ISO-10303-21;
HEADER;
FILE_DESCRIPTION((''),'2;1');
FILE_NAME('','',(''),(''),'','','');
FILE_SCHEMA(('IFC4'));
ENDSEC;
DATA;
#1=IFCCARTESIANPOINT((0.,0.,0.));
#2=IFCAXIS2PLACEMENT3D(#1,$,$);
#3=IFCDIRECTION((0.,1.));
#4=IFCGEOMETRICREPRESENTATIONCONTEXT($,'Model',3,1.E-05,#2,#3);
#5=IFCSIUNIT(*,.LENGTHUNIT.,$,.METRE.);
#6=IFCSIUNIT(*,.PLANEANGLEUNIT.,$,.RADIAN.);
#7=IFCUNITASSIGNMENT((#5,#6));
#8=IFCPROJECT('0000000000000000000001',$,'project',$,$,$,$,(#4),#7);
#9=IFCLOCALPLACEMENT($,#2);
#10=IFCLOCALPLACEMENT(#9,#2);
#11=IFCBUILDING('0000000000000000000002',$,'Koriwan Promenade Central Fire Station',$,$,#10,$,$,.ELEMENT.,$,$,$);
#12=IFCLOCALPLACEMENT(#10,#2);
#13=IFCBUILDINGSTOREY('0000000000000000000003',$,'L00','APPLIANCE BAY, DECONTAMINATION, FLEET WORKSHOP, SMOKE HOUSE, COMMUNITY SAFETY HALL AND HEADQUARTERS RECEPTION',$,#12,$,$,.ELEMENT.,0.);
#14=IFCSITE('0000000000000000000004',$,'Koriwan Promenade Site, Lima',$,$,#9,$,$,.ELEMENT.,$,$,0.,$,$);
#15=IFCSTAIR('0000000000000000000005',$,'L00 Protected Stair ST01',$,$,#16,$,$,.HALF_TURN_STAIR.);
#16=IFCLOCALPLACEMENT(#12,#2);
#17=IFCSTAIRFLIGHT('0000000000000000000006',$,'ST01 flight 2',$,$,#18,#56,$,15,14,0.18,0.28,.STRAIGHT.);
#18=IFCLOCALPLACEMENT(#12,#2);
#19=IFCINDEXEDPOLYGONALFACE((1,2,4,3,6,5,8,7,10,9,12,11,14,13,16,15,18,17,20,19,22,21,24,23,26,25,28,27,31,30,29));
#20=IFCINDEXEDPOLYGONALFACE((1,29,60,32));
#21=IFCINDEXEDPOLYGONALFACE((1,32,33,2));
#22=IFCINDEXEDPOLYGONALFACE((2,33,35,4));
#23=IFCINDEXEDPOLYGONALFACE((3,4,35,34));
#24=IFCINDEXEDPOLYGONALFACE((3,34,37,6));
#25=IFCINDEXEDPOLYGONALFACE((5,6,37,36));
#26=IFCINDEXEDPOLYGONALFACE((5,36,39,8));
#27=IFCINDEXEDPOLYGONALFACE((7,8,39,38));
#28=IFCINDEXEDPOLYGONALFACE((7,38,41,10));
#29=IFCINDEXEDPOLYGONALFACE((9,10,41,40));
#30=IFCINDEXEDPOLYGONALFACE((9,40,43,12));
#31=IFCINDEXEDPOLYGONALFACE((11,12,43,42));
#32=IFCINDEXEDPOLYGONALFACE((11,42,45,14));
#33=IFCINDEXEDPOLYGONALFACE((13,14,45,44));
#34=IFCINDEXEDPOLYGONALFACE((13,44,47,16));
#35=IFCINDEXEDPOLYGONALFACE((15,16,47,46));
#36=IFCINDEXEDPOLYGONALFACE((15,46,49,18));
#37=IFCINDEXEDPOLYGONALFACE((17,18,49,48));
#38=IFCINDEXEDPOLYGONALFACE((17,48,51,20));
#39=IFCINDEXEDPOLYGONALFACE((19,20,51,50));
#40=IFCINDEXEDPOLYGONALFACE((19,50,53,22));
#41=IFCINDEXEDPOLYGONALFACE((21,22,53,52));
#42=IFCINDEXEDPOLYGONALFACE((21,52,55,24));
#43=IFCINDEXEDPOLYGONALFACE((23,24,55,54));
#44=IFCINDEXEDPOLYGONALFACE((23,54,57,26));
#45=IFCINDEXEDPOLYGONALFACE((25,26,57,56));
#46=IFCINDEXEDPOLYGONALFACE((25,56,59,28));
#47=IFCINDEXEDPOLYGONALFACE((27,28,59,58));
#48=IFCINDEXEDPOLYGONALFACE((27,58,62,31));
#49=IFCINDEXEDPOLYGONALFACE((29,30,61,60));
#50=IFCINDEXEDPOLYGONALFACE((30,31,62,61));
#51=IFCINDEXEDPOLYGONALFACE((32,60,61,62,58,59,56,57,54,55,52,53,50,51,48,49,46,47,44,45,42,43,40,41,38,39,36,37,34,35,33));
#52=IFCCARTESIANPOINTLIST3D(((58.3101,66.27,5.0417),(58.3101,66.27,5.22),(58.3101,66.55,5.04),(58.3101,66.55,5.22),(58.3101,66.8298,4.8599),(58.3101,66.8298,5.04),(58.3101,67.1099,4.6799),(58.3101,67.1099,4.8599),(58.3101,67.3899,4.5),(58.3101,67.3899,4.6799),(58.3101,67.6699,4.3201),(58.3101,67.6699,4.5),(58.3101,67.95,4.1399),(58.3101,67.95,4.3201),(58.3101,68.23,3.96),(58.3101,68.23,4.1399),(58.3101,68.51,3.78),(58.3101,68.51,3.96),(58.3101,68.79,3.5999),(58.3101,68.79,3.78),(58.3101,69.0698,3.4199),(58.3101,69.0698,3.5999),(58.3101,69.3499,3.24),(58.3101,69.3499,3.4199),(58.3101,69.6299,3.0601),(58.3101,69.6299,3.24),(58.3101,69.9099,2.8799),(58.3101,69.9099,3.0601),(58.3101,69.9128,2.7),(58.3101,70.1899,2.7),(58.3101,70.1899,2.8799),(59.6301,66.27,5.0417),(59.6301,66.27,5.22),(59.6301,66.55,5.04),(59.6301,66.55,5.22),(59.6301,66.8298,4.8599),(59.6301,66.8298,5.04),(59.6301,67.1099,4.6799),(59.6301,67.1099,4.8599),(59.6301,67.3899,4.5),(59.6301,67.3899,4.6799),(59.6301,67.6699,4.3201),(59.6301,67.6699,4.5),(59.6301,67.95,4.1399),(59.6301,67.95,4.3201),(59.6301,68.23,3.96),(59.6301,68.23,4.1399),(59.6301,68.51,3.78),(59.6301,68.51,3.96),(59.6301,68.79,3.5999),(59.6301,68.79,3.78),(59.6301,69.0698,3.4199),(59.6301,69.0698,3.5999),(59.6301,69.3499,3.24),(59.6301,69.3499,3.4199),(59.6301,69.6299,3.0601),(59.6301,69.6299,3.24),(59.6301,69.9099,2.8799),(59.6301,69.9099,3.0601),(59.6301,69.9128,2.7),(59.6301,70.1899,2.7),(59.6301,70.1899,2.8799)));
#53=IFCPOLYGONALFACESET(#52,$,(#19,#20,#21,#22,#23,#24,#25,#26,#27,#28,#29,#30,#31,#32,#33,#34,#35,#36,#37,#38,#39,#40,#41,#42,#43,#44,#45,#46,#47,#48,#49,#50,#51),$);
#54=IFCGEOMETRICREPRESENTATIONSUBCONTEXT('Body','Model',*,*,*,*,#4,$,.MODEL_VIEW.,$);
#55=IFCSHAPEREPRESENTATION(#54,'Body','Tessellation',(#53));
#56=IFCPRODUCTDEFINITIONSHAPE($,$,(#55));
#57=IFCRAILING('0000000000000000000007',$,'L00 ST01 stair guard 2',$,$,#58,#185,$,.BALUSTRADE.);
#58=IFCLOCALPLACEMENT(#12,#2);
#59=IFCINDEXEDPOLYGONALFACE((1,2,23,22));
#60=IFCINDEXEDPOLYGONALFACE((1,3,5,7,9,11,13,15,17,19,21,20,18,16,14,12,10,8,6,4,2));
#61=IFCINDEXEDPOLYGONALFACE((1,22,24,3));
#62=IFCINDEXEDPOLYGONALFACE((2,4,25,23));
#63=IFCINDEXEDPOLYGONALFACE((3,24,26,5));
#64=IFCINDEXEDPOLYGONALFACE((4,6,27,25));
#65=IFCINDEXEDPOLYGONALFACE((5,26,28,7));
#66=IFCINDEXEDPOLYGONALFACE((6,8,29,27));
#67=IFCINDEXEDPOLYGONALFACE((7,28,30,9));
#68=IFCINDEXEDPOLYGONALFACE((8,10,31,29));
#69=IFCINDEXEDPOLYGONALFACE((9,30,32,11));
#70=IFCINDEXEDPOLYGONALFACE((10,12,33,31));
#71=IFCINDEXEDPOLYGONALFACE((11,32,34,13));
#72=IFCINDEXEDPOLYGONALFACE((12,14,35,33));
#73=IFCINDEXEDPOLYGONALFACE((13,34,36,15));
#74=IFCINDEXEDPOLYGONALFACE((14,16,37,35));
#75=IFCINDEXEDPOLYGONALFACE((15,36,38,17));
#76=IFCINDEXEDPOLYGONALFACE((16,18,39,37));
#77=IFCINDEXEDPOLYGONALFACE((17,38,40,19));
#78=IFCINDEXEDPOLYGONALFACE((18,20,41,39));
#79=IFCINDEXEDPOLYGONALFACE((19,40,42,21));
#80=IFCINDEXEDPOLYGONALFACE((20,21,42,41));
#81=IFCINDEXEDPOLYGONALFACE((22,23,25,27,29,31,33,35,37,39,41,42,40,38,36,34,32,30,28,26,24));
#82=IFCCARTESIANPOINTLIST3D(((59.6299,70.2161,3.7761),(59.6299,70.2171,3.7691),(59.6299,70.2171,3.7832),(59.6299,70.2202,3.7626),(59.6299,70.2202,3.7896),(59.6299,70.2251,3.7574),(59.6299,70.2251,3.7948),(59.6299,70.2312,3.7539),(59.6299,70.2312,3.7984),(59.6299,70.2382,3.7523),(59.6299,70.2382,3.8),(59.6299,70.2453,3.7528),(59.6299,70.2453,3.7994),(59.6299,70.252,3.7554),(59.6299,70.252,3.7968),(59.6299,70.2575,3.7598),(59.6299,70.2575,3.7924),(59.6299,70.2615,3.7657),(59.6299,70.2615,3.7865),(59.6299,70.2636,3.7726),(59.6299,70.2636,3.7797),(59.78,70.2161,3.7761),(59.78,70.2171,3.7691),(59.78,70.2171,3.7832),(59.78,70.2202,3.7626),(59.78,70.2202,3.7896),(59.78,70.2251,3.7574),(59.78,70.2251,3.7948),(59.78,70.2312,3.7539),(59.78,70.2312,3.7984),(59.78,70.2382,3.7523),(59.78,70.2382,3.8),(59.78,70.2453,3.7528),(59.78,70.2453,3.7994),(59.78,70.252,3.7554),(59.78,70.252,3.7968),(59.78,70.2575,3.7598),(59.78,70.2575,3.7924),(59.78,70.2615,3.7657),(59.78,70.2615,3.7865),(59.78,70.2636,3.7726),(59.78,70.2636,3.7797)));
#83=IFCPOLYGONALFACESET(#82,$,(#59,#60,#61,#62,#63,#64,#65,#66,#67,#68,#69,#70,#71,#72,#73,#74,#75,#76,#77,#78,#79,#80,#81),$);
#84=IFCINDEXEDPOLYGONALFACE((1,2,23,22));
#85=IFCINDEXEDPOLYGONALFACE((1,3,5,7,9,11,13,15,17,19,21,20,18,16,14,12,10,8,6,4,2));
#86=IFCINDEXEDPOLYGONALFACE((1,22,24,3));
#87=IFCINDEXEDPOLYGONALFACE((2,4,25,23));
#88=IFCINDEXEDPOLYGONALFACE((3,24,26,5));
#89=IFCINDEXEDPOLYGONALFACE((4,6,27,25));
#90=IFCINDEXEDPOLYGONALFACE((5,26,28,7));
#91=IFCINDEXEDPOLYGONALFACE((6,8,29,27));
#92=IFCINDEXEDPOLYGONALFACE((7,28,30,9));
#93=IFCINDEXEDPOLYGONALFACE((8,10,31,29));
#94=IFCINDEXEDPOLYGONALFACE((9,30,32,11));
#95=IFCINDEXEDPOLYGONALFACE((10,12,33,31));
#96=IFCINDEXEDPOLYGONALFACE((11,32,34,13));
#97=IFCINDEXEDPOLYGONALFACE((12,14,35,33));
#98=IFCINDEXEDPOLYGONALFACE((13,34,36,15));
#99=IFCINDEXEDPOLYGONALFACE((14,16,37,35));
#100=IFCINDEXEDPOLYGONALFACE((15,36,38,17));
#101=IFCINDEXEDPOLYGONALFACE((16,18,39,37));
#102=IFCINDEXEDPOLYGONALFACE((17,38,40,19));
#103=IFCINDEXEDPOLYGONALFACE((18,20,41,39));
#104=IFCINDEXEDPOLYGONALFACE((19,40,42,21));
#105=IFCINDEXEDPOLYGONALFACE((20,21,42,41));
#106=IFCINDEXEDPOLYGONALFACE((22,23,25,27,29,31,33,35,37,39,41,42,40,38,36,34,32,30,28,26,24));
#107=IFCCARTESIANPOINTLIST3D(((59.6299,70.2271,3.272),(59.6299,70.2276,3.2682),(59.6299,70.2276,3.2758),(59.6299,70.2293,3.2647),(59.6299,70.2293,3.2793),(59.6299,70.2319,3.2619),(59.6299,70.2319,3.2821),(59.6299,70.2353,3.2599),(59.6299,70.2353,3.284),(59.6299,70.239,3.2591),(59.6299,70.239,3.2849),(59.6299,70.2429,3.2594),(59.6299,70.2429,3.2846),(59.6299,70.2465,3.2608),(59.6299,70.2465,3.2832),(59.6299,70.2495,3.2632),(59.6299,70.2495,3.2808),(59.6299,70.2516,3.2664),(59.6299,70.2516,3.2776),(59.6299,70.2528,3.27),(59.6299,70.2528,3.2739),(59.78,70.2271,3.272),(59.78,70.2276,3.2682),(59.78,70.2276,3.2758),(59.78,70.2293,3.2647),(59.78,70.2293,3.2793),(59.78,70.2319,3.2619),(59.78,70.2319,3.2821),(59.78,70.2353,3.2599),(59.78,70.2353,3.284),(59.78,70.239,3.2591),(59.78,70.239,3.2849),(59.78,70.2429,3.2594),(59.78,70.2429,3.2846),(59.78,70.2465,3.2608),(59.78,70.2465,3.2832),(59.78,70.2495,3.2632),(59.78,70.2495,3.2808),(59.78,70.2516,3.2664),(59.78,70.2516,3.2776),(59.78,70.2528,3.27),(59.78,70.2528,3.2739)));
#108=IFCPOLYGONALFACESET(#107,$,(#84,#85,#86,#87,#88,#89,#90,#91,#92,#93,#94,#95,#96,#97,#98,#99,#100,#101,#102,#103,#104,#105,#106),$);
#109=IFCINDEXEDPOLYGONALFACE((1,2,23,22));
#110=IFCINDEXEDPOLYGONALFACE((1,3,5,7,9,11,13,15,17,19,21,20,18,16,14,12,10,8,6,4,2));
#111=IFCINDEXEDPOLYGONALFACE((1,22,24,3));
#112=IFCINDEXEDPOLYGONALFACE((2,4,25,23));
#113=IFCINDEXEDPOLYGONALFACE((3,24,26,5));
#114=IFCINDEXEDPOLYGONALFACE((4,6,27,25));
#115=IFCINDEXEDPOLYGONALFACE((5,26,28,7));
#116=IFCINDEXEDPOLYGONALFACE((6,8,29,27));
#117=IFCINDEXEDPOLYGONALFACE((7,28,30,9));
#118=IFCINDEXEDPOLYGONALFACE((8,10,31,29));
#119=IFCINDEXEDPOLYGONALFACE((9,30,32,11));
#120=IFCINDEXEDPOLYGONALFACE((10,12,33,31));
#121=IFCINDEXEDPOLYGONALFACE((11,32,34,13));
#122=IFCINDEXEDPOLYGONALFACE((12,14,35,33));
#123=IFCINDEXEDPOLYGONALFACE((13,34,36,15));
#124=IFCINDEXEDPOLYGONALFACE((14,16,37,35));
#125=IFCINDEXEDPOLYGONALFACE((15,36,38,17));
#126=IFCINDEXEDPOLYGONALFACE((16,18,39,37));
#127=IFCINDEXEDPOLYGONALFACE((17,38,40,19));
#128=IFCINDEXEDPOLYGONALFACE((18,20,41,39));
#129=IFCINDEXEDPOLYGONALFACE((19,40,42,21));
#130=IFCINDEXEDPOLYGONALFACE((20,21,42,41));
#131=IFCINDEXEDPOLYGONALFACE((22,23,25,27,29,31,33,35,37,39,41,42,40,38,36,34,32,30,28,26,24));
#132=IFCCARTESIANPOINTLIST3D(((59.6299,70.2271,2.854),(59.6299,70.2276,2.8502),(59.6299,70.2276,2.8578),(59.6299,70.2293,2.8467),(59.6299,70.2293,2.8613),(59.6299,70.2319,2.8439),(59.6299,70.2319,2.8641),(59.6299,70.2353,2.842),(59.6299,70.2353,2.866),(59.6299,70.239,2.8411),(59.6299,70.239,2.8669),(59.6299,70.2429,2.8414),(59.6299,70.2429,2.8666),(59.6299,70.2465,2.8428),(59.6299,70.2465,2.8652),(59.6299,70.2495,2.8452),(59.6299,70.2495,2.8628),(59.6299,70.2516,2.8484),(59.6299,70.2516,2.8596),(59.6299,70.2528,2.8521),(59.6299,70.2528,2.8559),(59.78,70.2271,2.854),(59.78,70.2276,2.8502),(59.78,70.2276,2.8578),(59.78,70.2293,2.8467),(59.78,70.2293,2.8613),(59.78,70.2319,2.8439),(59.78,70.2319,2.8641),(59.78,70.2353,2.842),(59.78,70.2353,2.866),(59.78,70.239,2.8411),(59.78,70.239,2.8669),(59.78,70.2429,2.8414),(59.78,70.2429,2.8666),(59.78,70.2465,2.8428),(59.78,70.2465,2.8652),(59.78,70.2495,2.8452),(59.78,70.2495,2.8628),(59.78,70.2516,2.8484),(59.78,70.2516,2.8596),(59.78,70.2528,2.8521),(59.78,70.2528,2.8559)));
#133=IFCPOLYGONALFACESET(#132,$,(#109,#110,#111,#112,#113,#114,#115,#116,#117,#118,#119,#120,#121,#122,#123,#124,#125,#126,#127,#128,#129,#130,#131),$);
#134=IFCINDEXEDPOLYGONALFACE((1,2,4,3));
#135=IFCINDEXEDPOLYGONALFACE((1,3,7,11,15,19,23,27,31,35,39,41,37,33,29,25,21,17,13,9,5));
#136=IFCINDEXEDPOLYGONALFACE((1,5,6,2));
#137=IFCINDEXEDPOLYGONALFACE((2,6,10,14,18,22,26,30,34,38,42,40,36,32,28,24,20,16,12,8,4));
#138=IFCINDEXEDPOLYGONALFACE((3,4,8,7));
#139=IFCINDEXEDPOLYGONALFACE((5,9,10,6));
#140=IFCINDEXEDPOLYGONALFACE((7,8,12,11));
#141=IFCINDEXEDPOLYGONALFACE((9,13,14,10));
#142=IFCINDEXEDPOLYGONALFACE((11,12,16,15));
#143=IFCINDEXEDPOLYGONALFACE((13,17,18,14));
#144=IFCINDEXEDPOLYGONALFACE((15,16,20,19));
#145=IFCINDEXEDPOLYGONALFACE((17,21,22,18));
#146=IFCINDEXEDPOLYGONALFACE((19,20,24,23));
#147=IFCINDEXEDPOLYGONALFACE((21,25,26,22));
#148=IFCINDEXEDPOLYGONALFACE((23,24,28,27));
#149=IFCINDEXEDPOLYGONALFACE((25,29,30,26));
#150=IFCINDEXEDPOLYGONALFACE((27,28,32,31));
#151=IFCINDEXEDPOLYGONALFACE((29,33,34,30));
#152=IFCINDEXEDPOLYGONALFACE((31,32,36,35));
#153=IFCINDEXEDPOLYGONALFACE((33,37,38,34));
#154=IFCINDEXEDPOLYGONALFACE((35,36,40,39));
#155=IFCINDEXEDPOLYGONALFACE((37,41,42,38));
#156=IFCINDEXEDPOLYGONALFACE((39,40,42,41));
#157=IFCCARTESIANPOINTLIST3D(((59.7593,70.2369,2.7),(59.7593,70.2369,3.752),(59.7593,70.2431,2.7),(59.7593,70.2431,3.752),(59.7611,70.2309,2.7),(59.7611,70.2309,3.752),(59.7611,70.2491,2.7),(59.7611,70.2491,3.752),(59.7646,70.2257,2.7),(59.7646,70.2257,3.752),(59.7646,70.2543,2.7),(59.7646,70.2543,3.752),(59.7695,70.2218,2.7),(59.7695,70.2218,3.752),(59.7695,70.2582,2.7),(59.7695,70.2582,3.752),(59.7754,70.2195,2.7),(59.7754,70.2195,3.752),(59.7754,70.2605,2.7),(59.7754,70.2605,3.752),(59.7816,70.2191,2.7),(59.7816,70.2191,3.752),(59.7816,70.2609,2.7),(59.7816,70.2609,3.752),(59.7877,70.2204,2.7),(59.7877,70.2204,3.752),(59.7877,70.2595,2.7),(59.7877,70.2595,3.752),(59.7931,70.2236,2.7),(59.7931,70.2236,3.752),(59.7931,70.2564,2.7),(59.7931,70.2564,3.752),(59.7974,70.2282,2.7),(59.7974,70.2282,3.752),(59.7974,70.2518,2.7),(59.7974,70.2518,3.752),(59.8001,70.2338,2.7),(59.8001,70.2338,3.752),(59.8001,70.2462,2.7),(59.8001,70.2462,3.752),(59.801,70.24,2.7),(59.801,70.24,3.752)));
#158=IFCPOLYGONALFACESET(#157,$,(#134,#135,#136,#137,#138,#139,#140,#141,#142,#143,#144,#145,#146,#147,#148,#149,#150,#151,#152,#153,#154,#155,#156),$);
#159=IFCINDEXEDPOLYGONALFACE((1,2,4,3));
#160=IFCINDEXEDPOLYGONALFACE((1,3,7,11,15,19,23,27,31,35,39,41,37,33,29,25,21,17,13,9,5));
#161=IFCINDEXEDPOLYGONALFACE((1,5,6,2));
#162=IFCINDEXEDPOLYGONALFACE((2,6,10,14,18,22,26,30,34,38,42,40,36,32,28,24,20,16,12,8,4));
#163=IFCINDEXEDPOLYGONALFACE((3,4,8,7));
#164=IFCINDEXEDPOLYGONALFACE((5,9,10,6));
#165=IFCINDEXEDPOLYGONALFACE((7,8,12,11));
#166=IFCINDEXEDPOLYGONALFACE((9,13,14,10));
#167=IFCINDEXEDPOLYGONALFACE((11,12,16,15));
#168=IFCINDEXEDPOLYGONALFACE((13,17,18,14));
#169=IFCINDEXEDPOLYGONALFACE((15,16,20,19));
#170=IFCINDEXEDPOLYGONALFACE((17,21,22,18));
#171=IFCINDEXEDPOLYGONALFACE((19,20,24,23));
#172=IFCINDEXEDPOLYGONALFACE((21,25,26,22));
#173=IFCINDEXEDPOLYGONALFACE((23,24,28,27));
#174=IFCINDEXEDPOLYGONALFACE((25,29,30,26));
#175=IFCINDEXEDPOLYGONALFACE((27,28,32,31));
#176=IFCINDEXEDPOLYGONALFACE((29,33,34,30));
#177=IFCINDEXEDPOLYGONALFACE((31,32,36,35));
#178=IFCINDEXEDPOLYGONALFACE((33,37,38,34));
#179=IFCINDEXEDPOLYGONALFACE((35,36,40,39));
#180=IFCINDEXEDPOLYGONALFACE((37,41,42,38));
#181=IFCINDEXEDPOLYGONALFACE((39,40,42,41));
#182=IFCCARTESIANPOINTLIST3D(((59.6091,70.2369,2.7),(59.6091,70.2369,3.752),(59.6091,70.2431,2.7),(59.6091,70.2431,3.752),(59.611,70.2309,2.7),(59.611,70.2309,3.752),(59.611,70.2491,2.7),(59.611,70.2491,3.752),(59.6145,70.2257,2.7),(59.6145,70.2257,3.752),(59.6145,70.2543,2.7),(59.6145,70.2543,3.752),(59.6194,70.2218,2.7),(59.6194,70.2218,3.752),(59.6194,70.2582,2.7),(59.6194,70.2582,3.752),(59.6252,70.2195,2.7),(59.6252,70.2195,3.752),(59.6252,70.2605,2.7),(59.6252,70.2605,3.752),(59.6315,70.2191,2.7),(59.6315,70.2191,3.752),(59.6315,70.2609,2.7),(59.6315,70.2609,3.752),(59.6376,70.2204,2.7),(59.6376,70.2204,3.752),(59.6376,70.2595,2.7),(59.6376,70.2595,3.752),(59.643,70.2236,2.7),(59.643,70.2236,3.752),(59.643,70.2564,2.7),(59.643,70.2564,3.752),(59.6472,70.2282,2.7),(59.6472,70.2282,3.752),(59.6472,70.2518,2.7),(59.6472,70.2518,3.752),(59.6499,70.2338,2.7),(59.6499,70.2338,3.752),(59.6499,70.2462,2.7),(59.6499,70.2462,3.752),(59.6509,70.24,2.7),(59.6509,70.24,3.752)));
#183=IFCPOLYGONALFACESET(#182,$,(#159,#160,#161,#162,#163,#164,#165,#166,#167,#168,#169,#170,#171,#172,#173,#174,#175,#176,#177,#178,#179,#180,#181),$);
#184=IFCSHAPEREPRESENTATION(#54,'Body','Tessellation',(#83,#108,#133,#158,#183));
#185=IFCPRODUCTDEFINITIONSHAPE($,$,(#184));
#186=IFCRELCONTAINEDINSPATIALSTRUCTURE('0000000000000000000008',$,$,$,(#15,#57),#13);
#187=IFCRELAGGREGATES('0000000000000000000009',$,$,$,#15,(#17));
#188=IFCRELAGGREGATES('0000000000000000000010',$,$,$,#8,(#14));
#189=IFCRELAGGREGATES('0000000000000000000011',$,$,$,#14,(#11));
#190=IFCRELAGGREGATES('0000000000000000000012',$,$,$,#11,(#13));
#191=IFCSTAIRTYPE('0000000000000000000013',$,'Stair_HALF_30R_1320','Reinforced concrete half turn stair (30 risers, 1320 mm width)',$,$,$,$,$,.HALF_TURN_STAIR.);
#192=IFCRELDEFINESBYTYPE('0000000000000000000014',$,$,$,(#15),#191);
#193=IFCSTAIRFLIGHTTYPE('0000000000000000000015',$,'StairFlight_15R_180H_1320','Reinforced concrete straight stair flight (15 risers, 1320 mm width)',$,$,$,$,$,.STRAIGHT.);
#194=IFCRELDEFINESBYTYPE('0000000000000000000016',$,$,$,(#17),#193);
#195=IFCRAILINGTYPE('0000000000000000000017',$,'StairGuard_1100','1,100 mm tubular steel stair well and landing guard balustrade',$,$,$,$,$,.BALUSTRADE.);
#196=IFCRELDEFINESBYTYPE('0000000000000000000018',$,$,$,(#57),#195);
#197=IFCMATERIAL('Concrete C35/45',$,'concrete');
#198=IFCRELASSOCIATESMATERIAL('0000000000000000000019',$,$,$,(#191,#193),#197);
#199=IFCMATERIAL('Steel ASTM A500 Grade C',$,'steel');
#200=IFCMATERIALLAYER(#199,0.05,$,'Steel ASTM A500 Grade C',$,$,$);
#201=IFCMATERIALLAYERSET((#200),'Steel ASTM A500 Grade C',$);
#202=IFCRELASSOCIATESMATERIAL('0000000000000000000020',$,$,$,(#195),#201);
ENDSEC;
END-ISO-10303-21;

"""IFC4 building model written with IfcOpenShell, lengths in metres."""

from ifc_helpers import new_model, si_unit, direction, frame, origin, origin_2d, place, context, subcontext, project, spatial, polyline, circle, outline, extrude, material, layer, layer_set, type_object, element, aggregate, save


model = new_model("IFC4")

# Units and contexts
model_context = context("Model", 3, precision=1e-05, world=origin(), true_north=direction((0.0, 1.0)))
body_context = subcontext(model_context, "Body", "Model", "MODEL_VIEW")
ifc_project = project(units=[si_unit("LENGTHUNIT", "METRE"), si_unit("PLANEANGLEUNIT", "RADIAN")], contexts=[model_context])

# Site, building, storey
site_placement = place(None, origin())
site = spatial("IfcSite", under=ifc_project, at=site_placement, Name="Koriwan Promenade Site, Lima", CompositionType="ELEMENT", RefElevation=0.0)
building_placement = place(site_placement, origin())
building = spatial("IfcBuilding", under=site, at=building_placement, Name="Koriwan Promenade Central Fire Station", CompositionType="ELEMENT")
storey_placement = place(building_placement, origin())
storey = spatial("IfcBuildingStorey", under=building, at=storey_placement, Name="L00", Description="APPLIANCE BAY, DECONTAMINATION, FLEET WORKSHOP, SMOKE HOUSE, COMMUNITY SAFETY HALL AND HEADQUARTERS RECEPTION", CompositionType="ELEMENT", Elevation=0.0)

# Shared definitions
ifc_material_1 = material(Name="Concrete C35/45", Category="concrete")

# Stair, stair flight
stair_type = type_object("IfcStairType", Name="Stair_HALF_30R_1320", Description="Reinforced concrete half turn stair (30 risers, 1320 mm width)", PredefinedType="HALF_TURN_STAIR", material=ifc_material_1)
stair_placement = place(storey_placement, origin())
stair = element("IfcStair", 1, at=stair_placement, inside=storey, type_object=stair_type, Name="L00 Protected Stair ST01", PredefinedType="HALF_TURN_STAIR")
stair_flight_type = type_object("IfcStairFlightType", Name="StairFlight_15R_180H_1320", Description="Reinforced concrete straight stair flight (15 risers, 1320 mm width)", PredefinedType="STRAIGHT", material=ifc_material_1)
stair_flight_placement = place(storey_placement, frame((58.97, 70.1899, 2.7), z_axis=(0.0, 0.0, 1.0), x_axis=(0.0, -1.0, 0.0)))
stair_flight = element("IfcStairFlight", 2, at=stair_flight_placement, type_object=stair_flight_type, Name="ST01 flight 2", NumberOfRisers=15, NumberOfTreads=14, PredefinedType="STRAIGHT", RiserHeight=0.18, TreadLength=0.28, context=body_context, shape_type="SweptSolid", body=[
    extrude(outline(polyline([(0.0, 0.0), (0.0, 0.1799), (0.28, 0.1799), (0.28, 0.3601), (0.5601, 0.3601), (0.5601, 0.54), (0.8401, 0.54), (0.8401, 0.72), (1.1201, 0.72), (1.1201, 0.8999), (1.3999, 0.8999), (1.3999, 1.0801), (1.6799, 1.0801), (1.6799, 1.26), (1.96, 1.26), (1.96, 1.4399), (2.24, 1.4399), (2.24, 1.6201), (2.52, 1.6201), (2.52, 1.8), (2.8, 1.8), (2.8, 1.98), (3.0801, 1.98), (3.0801, 2.1599), (3.3601, 2.1599), (3.3601, 2.3401), (3.6399, 2.3401), (3.6399, 2.52), (3.9199, 2.52), (3.9199, 2.7), (3.9199, 2.3418), (0.2771, 0.0), (0.0, 0.0)])), frame((0.0, 0.6602, 0.0), z_axis=(0.0, -1.0, 0.0), x_axis=(1.0, 0.0, 0.0)), (0.0, 0.0, 1.0), 1.3201),
])
aggregate(stair, [stair_flight])

# Railing
ifc_material_2 = material(Name="Steel ASTM A500 Grade C", Category="steel")
ifc_layer_1 = layer(ifc_material_2, 0.05, Name="Steel ASTM A500 Grade C")
ifc_layer_set_1 = layer_set([ifc_layer_1], Name="Steel ASTM A500 Grade C")
railing_type_1 = type_object("IfcRailingType", Name="StairGuard_1100", Description="1,100 mm tubular steel stair well and landing guard balustrade", PredefinedType="BALUSTRADE", material=ifc_layer_set_1)
railing_1_placement = place(storey_placement, frame((59.78, 70.24, 2.7)))
element("IfcRailing", 3, at=railing_1_placement, inside=storey, type_object=railing_type_1, Name="L00 ST01 stair guard 2", PredefinedType="BALUSTRADE", context=body_context, shape_type="SweptSolid", body=[
    extrude(circle(Radius=0.0239, at=origin_2d()), frame((0.0, 0.0, 1.0762), z_axis=(-1.0, 0.0, 0.0), x_axis=(0.0, -1.0, 0.0)), (0.0, 0.0, 1.0), 0.1501),
    extrude(circle(Radius=0.0129, at=origin_2d()), frame((0.0, 0.0, 0.572), z_axis=(-1.0, 0.0, 0.0), x_axis=(0.0, -1.0, 0.0)), (0.0, 0.0, 1.0), 0.1501),
    extrude(circle(Radius=0.0129, at=origin_2d()), frame((0.0, 0.0, 0.1541), z_axis=(-1.0, 0.0, 0.0), x_axis=(0.0, -1.0, 0.0)), (0.0, 0.0, 1.0), 0.1501),
    extrude(circle(Radius=0.021, at=origin_2d()), origin(), (0.0, 0.0, 1.0), 1.052),
    extrude(circle(Radius=0.021, at=origin_2d()), frame((-0.1501, 0.0, 0.0)), (0.0, 0.0, 1.0), 1.052),
])

save(model, "model.ifc")
